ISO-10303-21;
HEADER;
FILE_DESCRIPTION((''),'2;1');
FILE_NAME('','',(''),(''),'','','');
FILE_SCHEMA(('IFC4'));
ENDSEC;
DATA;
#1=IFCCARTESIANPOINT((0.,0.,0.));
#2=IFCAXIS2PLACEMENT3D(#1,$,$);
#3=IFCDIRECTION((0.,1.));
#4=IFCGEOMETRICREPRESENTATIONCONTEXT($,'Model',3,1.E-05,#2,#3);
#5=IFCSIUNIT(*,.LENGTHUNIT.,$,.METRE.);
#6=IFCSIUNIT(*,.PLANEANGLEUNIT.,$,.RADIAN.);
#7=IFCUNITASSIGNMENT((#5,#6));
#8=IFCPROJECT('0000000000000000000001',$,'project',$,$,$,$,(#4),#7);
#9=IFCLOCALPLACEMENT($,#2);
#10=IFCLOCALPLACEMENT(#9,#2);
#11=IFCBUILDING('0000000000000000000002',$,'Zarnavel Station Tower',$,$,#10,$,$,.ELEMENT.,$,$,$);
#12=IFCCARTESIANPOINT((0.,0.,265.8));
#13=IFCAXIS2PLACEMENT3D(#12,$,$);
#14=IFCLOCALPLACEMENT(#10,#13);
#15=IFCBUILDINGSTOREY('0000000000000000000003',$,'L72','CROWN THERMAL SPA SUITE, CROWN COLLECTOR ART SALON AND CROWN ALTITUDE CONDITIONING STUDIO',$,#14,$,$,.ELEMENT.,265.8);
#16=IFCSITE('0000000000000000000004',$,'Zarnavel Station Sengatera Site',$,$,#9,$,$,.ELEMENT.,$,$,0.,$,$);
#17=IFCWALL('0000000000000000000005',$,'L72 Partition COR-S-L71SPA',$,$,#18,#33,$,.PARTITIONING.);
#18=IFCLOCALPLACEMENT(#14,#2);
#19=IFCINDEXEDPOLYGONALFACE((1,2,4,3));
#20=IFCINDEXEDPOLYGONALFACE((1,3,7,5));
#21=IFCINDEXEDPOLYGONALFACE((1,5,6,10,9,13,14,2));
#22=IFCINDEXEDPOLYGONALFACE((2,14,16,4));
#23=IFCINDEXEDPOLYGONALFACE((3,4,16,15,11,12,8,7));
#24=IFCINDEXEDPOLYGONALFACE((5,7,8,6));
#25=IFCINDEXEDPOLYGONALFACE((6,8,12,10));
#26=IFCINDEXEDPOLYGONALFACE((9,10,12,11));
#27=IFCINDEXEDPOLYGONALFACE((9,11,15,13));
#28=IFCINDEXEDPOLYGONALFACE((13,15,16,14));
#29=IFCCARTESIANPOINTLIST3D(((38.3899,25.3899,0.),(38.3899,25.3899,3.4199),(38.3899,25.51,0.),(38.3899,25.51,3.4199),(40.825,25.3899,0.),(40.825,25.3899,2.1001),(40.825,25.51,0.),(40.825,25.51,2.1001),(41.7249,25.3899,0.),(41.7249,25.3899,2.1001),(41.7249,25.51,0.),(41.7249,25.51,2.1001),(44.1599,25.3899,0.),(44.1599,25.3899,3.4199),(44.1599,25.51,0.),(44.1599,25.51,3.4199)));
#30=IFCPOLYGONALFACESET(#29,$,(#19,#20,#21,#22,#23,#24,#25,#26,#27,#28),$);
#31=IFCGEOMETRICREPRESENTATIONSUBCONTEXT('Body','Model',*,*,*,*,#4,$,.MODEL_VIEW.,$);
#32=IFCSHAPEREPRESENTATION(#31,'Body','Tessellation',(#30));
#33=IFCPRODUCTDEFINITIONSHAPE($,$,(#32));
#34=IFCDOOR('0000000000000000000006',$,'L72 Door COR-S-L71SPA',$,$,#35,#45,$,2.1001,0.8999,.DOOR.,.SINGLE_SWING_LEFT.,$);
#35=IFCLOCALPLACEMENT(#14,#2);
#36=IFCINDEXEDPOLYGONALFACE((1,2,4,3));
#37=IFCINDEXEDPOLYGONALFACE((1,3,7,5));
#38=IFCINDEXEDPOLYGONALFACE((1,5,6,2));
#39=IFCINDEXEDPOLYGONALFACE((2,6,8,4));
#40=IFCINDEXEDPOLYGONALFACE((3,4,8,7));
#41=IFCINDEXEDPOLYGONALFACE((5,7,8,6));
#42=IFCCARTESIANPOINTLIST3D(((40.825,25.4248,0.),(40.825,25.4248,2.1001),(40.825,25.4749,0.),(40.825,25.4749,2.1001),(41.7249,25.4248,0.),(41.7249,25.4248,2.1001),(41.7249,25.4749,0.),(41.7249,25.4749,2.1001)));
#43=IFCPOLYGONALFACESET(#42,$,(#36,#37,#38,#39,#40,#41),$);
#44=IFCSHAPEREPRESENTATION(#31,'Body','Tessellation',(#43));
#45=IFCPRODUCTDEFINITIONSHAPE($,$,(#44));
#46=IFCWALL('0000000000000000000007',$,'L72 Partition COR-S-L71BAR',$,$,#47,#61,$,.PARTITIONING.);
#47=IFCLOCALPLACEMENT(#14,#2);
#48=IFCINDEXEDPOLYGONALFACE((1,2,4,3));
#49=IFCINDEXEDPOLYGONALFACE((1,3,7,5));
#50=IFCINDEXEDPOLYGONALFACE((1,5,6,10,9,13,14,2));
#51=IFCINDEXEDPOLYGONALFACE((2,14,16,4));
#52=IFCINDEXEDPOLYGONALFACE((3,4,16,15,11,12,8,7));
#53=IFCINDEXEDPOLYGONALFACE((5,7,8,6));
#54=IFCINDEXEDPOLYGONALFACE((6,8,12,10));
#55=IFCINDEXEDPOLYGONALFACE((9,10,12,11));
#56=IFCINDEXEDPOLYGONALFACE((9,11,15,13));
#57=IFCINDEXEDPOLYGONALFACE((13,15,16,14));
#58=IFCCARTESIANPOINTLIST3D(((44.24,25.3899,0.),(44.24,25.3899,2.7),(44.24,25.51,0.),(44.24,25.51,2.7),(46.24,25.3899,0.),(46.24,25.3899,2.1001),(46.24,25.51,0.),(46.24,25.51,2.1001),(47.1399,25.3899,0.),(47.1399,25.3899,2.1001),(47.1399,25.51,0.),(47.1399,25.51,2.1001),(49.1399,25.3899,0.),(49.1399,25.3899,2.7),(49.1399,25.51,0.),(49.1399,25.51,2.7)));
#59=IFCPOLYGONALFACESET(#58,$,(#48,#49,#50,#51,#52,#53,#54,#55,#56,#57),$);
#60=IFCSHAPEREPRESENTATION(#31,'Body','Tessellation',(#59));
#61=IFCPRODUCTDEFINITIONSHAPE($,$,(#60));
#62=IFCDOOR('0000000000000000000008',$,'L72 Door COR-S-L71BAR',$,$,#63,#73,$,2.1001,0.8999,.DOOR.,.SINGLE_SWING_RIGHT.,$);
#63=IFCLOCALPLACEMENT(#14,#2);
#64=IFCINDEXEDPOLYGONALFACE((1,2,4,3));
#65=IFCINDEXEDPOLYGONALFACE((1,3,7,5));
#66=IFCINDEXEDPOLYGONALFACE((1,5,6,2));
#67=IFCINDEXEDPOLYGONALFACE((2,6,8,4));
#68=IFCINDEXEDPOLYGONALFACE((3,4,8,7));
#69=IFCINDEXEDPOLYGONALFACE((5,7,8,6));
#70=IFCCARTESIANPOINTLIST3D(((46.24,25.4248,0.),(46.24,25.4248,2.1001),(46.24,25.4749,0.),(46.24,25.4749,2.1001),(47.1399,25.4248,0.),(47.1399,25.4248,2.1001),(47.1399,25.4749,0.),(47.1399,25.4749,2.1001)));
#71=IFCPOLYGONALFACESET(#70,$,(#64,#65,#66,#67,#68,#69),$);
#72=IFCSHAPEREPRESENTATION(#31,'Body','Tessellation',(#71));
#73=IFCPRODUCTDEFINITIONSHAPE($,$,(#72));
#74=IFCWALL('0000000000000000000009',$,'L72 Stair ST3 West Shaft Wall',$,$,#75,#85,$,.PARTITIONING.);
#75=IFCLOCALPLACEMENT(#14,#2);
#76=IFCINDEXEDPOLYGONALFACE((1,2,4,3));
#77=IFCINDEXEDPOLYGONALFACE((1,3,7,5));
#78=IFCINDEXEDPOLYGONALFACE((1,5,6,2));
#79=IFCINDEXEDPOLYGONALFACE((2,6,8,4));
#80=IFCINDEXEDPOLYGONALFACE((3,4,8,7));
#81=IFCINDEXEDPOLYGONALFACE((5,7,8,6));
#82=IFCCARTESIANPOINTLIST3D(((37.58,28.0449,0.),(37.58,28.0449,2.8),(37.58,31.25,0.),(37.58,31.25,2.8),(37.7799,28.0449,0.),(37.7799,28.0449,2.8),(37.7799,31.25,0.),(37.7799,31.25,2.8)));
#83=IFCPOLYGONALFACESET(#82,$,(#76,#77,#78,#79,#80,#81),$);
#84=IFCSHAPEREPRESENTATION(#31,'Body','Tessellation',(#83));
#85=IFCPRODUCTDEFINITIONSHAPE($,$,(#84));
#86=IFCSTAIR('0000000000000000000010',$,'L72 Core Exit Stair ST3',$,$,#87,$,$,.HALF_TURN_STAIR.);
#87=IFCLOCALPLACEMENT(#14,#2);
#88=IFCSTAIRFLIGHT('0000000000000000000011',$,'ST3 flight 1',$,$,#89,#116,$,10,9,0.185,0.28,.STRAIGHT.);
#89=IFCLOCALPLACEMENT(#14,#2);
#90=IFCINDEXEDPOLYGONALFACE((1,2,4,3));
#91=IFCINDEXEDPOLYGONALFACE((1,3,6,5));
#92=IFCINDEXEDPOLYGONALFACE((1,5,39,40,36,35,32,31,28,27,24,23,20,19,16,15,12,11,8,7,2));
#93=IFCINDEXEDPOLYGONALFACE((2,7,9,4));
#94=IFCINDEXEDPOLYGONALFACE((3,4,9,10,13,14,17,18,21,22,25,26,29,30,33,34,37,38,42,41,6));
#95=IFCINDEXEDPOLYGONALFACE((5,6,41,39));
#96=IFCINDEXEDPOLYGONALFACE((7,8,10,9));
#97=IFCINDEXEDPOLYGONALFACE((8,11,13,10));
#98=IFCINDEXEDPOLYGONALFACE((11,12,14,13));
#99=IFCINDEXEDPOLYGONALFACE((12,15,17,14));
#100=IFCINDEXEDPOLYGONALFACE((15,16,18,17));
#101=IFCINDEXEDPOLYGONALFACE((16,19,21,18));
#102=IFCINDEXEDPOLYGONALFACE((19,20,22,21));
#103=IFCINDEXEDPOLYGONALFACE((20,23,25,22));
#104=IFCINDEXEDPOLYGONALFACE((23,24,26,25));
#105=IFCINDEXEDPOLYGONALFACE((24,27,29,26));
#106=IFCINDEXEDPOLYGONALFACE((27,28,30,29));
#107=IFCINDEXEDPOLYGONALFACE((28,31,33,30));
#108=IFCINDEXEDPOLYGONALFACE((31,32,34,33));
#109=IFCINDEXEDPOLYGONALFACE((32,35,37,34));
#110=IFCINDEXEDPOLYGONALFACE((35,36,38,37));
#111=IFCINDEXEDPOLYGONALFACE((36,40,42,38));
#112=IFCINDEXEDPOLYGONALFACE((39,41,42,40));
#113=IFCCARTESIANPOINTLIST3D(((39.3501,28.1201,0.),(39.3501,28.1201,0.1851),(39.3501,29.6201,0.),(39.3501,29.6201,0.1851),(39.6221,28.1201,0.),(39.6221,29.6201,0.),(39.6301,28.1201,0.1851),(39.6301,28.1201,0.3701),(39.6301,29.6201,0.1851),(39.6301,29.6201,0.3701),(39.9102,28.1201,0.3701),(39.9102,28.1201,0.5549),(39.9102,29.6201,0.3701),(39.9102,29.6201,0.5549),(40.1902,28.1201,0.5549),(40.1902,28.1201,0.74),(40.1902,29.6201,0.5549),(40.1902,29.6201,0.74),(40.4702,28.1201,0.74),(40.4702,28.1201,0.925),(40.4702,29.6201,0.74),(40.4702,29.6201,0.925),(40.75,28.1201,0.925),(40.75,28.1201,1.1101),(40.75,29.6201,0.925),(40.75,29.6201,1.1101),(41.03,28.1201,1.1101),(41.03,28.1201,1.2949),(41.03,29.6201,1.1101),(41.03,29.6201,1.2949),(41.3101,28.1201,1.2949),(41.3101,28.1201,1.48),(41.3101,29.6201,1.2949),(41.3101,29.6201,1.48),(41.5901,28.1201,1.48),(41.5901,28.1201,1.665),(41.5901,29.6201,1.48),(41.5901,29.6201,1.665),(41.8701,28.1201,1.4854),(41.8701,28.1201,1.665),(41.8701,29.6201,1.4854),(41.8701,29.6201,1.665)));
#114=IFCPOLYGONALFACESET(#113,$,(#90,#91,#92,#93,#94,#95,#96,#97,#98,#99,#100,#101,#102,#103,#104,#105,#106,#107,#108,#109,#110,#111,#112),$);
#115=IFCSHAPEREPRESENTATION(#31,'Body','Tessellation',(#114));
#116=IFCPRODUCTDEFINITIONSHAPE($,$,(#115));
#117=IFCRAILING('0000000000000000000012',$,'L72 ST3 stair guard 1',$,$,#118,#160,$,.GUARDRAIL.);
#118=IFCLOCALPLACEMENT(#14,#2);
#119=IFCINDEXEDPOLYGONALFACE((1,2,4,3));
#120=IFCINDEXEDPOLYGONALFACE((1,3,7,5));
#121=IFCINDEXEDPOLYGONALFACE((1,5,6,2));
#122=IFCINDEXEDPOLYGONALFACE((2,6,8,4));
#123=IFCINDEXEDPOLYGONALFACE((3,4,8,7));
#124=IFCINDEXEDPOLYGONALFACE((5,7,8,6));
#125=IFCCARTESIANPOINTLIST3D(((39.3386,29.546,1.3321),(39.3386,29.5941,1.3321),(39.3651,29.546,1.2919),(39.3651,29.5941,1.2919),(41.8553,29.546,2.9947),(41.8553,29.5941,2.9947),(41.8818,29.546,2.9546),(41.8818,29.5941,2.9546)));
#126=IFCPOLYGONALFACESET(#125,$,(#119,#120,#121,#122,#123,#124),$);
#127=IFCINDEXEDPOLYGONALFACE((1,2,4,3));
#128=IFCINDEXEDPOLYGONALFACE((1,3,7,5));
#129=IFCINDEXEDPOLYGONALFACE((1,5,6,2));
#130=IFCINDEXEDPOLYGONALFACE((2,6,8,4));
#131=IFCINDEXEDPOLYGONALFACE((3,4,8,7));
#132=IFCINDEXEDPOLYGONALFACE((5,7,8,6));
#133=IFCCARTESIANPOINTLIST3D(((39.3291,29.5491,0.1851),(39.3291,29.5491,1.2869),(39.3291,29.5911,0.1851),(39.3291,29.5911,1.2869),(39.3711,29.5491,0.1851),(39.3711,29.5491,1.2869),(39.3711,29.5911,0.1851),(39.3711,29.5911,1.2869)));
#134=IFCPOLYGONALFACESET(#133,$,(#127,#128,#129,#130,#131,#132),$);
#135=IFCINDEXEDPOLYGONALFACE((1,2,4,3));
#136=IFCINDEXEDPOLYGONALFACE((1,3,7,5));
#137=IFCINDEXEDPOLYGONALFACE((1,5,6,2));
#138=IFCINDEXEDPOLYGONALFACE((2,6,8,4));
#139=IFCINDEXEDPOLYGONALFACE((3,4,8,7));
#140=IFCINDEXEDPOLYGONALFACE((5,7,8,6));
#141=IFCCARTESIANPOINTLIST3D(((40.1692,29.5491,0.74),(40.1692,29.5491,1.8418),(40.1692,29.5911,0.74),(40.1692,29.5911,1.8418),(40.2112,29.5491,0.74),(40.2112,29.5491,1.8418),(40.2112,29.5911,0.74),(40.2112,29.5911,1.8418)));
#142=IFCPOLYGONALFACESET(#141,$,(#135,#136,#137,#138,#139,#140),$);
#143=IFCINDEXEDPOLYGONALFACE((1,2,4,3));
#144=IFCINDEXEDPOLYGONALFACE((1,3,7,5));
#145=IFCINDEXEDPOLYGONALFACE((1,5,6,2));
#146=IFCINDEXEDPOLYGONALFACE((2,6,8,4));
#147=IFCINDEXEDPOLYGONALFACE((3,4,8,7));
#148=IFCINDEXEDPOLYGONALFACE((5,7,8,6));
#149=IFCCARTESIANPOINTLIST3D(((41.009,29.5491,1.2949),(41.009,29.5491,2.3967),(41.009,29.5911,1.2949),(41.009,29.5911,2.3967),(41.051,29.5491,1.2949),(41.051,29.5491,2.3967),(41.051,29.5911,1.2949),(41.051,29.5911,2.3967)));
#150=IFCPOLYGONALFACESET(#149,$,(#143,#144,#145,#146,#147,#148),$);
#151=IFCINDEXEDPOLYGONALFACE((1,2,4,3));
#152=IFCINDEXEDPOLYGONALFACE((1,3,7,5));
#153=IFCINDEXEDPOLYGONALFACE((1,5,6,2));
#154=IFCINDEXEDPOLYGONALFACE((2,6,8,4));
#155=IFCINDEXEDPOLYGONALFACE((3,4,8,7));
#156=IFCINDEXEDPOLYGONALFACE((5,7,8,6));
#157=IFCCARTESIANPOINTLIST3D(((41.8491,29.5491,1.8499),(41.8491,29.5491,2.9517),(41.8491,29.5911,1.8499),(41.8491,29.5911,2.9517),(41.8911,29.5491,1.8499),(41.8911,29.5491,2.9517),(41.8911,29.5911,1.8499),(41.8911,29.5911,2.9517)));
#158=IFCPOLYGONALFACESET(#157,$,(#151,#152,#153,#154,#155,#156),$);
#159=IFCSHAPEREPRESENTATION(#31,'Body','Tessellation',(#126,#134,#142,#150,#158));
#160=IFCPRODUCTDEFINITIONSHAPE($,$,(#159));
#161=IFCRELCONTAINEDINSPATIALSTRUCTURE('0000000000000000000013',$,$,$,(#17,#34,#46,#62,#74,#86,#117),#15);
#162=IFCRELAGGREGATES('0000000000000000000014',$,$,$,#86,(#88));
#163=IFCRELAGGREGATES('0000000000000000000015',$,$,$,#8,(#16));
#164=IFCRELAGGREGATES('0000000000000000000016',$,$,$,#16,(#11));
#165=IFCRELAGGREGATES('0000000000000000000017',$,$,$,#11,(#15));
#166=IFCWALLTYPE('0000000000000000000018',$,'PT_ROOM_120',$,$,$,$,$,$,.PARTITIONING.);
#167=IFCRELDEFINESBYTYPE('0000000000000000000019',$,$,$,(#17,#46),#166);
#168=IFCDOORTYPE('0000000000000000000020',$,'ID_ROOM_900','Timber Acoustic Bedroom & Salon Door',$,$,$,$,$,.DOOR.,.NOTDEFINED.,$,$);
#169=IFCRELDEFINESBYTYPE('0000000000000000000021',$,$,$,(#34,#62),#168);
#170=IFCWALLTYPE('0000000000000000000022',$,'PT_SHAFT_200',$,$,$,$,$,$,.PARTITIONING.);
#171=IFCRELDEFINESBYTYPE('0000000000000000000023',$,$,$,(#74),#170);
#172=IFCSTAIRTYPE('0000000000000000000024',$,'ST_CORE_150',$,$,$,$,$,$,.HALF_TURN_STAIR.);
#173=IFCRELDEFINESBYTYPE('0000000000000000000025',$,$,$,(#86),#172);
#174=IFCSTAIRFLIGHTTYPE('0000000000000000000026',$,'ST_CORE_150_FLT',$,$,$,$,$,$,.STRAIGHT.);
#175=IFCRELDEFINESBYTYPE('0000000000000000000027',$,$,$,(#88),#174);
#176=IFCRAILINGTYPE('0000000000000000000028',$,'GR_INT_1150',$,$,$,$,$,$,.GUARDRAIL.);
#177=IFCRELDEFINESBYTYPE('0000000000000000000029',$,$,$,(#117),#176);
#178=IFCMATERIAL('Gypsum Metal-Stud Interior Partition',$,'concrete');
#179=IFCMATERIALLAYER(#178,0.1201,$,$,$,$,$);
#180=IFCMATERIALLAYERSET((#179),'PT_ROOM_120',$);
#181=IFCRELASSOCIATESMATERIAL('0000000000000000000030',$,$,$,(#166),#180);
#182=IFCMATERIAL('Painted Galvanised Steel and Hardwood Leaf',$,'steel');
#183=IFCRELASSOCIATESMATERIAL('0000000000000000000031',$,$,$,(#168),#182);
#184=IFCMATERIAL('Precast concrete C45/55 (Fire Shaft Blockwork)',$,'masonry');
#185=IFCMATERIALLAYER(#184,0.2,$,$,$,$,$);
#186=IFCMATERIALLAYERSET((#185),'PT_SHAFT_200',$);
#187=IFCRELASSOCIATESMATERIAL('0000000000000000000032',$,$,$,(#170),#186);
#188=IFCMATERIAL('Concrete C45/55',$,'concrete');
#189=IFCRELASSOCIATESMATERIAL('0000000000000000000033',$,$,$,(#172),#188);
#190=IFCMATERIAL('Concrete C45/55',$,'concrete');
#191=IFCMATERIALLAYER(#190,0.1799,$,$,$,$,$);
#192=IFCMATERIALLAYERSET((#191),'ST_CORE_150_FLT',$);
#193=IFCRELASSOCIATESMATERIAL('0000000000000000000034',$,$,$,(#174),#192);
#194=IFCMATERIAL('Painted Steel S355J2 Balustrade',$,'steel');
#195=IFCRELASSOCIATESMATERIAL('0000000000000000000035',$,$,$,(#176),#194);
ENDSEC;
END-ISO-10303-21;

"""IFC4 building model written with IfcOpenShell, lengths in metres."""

from ifc_helpers import new_model, si_unit, direction, frame, frame_2d, origin, origin_2d, place, context, subcontext, project, spatial, polyline, rectangle, outline, extrude, material, layer, layer_set, type_object, element, fill, aggregate, save


model = new_model("IFC4")

# Units and contexts
model_context = context("Model", 3, precision=1e-05, world=origin(), true_north=direction((0.0, 1.0)))
body_context = subcontext(model_context, "Body", "Model", "MODEL_VIEW")
ifc_project = project(units=[si_unit("LENGTHUNIT", "METRE"), si_unit("PLANEANGLEUNIT", "RADIAN")], contexts=[model_context])

# Site, building, storey
site_placement = place(None, origin())
site = spatial("IfcSite", under=ifc_project, at=site_placement, Name="Zarnavel Station Sengatera Site", CompositionType="ELEMENT", RefElevation=0.0)
building_placement = place(site_placement, origin())
building = spatial("IfcBuilding", under=site, at=building_placement, Name="Zarnavel Station Tower", CompositionType="ELEMENT")
storey_placement = place(building_placement, frame((0.0, 0.0, 265.8)))
storey = spatial("IfcBuildingStorey", under=building, at=storey_placement, Name="L72", Description="CROWN THERMAL SPA SUITE, CROWN COLLECTOR ART SALON AND CROWN ALTITUDE CONDITIONING STUDIO", CompositionType="ELEMENT", Elevation=265.8)

# Walls, openings, doors
ifc_material_1 = material(Name="Gypsum Metal-Stud Interior Partition", Category="concrete")
ifc_layer_1 = layer(ifc_material_1, 0.1201)
ifc_layer_set_1 = layer_set([ifc_layer_1], Name="PT_ROOM_120")
wall_type_1 = type_object("IfcWallType", Name="PT_ROOM_120", PredefinedType="PARTITIONING", material=ifc_layer_set_1)
wall_1_placement = place(storey_placement, frame((38.3899, 25.45, 0.0), z_axis=(0.0, 0.0, 1.0), x_axis=(1.0, 0.0, 0.0)))
wall_1 = element("IfcWall", 1, at=wall_1_placement, inside=storey, type_object=wall_type_1, Name="L72 Partition COR-S-L71SPA", PredefinedType="PARTITIONING", context=body_context, shape_type="SweptSolid", body=[
    extrude(rectangle(XDim=5.77, YDim=0.1201, at=frame_2d((2.885, 0.0))), origin(), (0.0, 0.0, 1.0), 3.4199),
])
opening_1_placement = place(wall_1_placement, frame((2.4351, 0.0, 0.0)))
opening_1 = element("IfcOpeningElement", 2, at=opening_1_placement, cuts=wall_1, PredefinedType="OPENING", context=body_context, shape_type="SweptSolid", body=[
    extrude(rectangle(XDim=0.8999, YDim=2.1001, at=frame_2d((0.45, 1.05))), frame((0.0, 0.0701, 0.0), z_axis=(0.0, -1.0, 0.0), x_axis=(1.0, 0.0, 0.0)), (0.0, 0.0, 1.0), 0.1401),
])
ifc_material_2 = material(Name="Painted Galvanised Steel and Hardwood Leaf", Category="steel")
door_type_1 = type_object("IfcDoorType", Name="ID_ROOM_900", Description="Timber Acoustic Bedroom & Salon Door", OperationType="NOTDEFINED", PredefinedType="DOOR", material=ifc_material_2)
door_1_placement = place(opening_1_placement, origin())
door_1 = element("IfcDoor", 3, at=door_1_placement, inside=storey, type_object=door_type_1, Name="L72 Door COR-S-L71SPA", OperationType="SINGLE_SWING_LEFT", OverallHeight=2.1001, OverallWidth=0.8999, PredefinedType="DOOR", context=body_context, shape_type="SweptSolid", body=[
    extrude(rectangle(XDim=0.8999, YDim=2.1001, at=frame_2d((0.45, 1.05))), frame((0.0, 0.0249, 0.0), z_axis=(0.0, -1.0, 0.0), x_axis=(1.0, 0.0, 0.0)), (0.0, 0.0, 1.0), 0.05),
])
fill(opening_1, door_1)
wall_2_placement = place(storey_placement, frame((44.24, 25.45, 0.0), z_axis=(0.0, 0.0, 1.0), x_axis=(1.0, 0.0, 0.0)))
wall_2 = element("IfcWall", 4, at=wall_2_placement, inside=storey, type_object=wall_type_1, Name="L72 Partition COR-S-L71BAR", PredefinedType="PARTITIONING", context=body_context, shape_type="SweptSolid", body=[
    extrude(rectangle(XDim=4.8999, YDim=0.1201, at=frame_2d((2.45, 0.0))), origin(), (0.0, 0.0, 1.0), 2.7),
])
opening_2_placement = place(wall_2_placement, frame((2.0, 0.0, 0.0)))
opening_2 = element("IfcOpeningElement", 5, at=opening_2_placement, cuts=wall_2, PredefinedType="OPENING", context=body_context, shape_type="SweptSolid", body=[
    extrude(rectangle(XDim=0.8999, YDim=2.1001, at=frame_2d((0.45, 1.05))), frame((0.0, 0.0701, 0.0), z_axis=(0.0, -1.0, 0.0), x_axis=(1.0, 0.0, 0.0)), (0.0, 0.0, 1.0), 0.1401),
])
door_2_placement = place(opening_2_placement, origin())
door_2 = element("IfcDoor", 6, at=door_2_placement, inside=storey, type_object=door_type_1, Name="L72 Door COR-S-L71BAR", OperationType="SINGLE_SWING_RIGHT", OverallHeight=2.1001, OverallWidth=0.8999, PredefinedType="DOOR", context=body_context, shape_type="SweptSolid", body=[
    extrude(rectangle(XDim=0.8999, YDim=2.1001, at=frame_2d((0.45, 1.05))), frame((0.0, 0.0249, 0.0), z_axis=(0.0, -1.0, 0.0), x_axis=(1.0, 0.0, 0.0)), (0.0, 0.0, 1.0), 0.05),
])
fill(opening_2, door_2)

# Wall
ifc_material_3 = material(Name="Precast concrete C45/55 (Fire Shaft Blockwork)", Category="masonry")
ifc_layer_2 = layer(ifc_material_3, 0.2)
ifc_layer_set_2 = layer_set([ifc_layer_2], Name="PT_SHAFT_200")
wall_type_2 = type_object("IfcWallType", Name="PT_SHAFT_200", PredefinedType="PARTITIONING", material=ifc_layer_set_2)
wall_3_placement = place(storey_placement, frame((37.6799, 28.0449, 0.0), z_axis=(0.0, 0.0, 1.0), x_axis=(0.0, 1.0, 0.0)))
element("IfcWall", 7, at=wall_3_placement, inside=storey, type_object=wall_type_2, Name="L72 Stair ST3 West Shaft Wall", PredefinedType="PARTITIONING", context=body_context, shape_type="SweptSolid", body=[
    extrude(rectangle(XDim=3.2051, YDim=0.2, at=frame_2d((1.6025, 0.0))), origin(), (0.0, 0.0, 1.0), 2.8),
])

# Stair, stair flight
ifc_material_4 = material(Name="Concrete C45/55", Category="concrete")
stair_type = type_object("IfcStairType", Name="ST_CORE_150", PredefinedType="HALF_TURN_STAIR", material=ifc_material_4)
stair_placement = place(storey_placement, origin())
stair = element("IfcStair", 8, at=stair_placement, inside=storey, type_object=stair_type, Name="L72 Core Exit Stair ST3", PredefinedType="HALF_TURN_STAIR")
ifc_material_5 = material(Name="Concrete C45/55", Category="concrete")
ifc_layer_3 = layer(ifc_material_5, 0.1799)
ifc_layer_set_3 = layer_set([ifc_layer_3], Name="ST_CORE_150_FLT")
stair_flight_type = type_object("IfcStairFlightType", Name="ST_CORE_150_FLT", PredefinedType="STRAIGHT", material=ifc_layer_set_3)
stair_flight_placement = place(storey_placement, frame((39.3501, 28.8701, 0.0), z_axis=(0.0, 0.0, 1.0), x_axis=(1.0, 0.0, 0.0)))
stair_flight = element("IfcStairFlight", 9, at=stair_flight_placement, type_object=stair_flight_type, Name="ST3 flight 1", NumberOfRisers=10, NumberOfTreads=9, PredefinedType="STRAIGHT", RiserHeight=0.185, TreadLength=0.28, context=body_context, shape_type="SweptSolid", body=[
    extrude(outline(polyline([(0.0, 0.0), (0.0, 0.1851), (0.28, 0.1851), (0.28, 0.3701), (0.5601, 0.3701), (0.5601, 0.5549), (0.8401, 0.5549), (0.8401, 0.74), (1.1201, 0.74), (1.1201, 0.925), (1.3999, 0.925), (1.3999, 1.1101), (1.6799, 1.1101), (1.6799, 1.2949), (1.96, 1.2949), (1.96, 1.48), (2.24, 1.48), (2.24, 1.665), (2.52, 1.665), (2.52, 1.8501), (2.52, 1.4854), (0.272, 0.0), (0.0, 0.0)])), frame((0.0, 0.75, 0.0), z_axis=(0.0, -1.0, 0.0), x_axis=(1.0, 0.0, 0.0)), (0.0, 0.0, 1.0), 1.5),
])
aggregate(stair, [stair_flight])

# Railing
ifc_material_6 = material(Name="Painted Steel S355J2 Balustrade", Category="steel")
railing_type_1 = type_object("IfcRailingType", Name="GR_INT_1150", PredefinedType="GUARDRAIL", material=ifc_material_6)
railing_1_placement = place(storey_placement, frame((39.3501, 29.5701, 0.1851)))
element("IfcRailing", 10, at=railing_1_placement, inside=storey, type_object=railing_type_1, Name="L72 ST3 stair guard 1", PredefinedType="GUARDRAIL", context=body_context, shape_type="SweptSolid", body=[
    extrude(rectangle(XDim=0.0481, YDim=0.0481, at=origin_2d()), frame((0.0017, 0.0, 1.127), z_axis=(0.834369, 0.0, 0.551207), x_axis=(0.0, 1.0, 0.0)), (0.0, 0.0, 1.0), 3.0164),
    extrude(rectangle(XDim=0.042, YDim=0.042, at=origin_2d()), origin(), (0.0, 0.0, 1.0), 1.1018),
    extrude(rectangle(XDim=0.042, YDim=0.042, at=origin_2d()), frame((0.8401, 0.0, 0.5549)), (0.0, 0.0, 1.0), 1.1018),
    extrude(rectangle(XDim=0.042, YDim=0.042, at=origin_2d()), frame((1.6799, 0.0, 1.1099)), (0.0, 0.0, 1.0), 1.1018),
    extrude(rectangle(XDim=0.042, YDim=0.042, at=origin_2d()), frame((2.52, 0.0, 1.6648)), (0.0, 0.0, 1.0), 1.1018),
])

save(model, "model.ifc")
